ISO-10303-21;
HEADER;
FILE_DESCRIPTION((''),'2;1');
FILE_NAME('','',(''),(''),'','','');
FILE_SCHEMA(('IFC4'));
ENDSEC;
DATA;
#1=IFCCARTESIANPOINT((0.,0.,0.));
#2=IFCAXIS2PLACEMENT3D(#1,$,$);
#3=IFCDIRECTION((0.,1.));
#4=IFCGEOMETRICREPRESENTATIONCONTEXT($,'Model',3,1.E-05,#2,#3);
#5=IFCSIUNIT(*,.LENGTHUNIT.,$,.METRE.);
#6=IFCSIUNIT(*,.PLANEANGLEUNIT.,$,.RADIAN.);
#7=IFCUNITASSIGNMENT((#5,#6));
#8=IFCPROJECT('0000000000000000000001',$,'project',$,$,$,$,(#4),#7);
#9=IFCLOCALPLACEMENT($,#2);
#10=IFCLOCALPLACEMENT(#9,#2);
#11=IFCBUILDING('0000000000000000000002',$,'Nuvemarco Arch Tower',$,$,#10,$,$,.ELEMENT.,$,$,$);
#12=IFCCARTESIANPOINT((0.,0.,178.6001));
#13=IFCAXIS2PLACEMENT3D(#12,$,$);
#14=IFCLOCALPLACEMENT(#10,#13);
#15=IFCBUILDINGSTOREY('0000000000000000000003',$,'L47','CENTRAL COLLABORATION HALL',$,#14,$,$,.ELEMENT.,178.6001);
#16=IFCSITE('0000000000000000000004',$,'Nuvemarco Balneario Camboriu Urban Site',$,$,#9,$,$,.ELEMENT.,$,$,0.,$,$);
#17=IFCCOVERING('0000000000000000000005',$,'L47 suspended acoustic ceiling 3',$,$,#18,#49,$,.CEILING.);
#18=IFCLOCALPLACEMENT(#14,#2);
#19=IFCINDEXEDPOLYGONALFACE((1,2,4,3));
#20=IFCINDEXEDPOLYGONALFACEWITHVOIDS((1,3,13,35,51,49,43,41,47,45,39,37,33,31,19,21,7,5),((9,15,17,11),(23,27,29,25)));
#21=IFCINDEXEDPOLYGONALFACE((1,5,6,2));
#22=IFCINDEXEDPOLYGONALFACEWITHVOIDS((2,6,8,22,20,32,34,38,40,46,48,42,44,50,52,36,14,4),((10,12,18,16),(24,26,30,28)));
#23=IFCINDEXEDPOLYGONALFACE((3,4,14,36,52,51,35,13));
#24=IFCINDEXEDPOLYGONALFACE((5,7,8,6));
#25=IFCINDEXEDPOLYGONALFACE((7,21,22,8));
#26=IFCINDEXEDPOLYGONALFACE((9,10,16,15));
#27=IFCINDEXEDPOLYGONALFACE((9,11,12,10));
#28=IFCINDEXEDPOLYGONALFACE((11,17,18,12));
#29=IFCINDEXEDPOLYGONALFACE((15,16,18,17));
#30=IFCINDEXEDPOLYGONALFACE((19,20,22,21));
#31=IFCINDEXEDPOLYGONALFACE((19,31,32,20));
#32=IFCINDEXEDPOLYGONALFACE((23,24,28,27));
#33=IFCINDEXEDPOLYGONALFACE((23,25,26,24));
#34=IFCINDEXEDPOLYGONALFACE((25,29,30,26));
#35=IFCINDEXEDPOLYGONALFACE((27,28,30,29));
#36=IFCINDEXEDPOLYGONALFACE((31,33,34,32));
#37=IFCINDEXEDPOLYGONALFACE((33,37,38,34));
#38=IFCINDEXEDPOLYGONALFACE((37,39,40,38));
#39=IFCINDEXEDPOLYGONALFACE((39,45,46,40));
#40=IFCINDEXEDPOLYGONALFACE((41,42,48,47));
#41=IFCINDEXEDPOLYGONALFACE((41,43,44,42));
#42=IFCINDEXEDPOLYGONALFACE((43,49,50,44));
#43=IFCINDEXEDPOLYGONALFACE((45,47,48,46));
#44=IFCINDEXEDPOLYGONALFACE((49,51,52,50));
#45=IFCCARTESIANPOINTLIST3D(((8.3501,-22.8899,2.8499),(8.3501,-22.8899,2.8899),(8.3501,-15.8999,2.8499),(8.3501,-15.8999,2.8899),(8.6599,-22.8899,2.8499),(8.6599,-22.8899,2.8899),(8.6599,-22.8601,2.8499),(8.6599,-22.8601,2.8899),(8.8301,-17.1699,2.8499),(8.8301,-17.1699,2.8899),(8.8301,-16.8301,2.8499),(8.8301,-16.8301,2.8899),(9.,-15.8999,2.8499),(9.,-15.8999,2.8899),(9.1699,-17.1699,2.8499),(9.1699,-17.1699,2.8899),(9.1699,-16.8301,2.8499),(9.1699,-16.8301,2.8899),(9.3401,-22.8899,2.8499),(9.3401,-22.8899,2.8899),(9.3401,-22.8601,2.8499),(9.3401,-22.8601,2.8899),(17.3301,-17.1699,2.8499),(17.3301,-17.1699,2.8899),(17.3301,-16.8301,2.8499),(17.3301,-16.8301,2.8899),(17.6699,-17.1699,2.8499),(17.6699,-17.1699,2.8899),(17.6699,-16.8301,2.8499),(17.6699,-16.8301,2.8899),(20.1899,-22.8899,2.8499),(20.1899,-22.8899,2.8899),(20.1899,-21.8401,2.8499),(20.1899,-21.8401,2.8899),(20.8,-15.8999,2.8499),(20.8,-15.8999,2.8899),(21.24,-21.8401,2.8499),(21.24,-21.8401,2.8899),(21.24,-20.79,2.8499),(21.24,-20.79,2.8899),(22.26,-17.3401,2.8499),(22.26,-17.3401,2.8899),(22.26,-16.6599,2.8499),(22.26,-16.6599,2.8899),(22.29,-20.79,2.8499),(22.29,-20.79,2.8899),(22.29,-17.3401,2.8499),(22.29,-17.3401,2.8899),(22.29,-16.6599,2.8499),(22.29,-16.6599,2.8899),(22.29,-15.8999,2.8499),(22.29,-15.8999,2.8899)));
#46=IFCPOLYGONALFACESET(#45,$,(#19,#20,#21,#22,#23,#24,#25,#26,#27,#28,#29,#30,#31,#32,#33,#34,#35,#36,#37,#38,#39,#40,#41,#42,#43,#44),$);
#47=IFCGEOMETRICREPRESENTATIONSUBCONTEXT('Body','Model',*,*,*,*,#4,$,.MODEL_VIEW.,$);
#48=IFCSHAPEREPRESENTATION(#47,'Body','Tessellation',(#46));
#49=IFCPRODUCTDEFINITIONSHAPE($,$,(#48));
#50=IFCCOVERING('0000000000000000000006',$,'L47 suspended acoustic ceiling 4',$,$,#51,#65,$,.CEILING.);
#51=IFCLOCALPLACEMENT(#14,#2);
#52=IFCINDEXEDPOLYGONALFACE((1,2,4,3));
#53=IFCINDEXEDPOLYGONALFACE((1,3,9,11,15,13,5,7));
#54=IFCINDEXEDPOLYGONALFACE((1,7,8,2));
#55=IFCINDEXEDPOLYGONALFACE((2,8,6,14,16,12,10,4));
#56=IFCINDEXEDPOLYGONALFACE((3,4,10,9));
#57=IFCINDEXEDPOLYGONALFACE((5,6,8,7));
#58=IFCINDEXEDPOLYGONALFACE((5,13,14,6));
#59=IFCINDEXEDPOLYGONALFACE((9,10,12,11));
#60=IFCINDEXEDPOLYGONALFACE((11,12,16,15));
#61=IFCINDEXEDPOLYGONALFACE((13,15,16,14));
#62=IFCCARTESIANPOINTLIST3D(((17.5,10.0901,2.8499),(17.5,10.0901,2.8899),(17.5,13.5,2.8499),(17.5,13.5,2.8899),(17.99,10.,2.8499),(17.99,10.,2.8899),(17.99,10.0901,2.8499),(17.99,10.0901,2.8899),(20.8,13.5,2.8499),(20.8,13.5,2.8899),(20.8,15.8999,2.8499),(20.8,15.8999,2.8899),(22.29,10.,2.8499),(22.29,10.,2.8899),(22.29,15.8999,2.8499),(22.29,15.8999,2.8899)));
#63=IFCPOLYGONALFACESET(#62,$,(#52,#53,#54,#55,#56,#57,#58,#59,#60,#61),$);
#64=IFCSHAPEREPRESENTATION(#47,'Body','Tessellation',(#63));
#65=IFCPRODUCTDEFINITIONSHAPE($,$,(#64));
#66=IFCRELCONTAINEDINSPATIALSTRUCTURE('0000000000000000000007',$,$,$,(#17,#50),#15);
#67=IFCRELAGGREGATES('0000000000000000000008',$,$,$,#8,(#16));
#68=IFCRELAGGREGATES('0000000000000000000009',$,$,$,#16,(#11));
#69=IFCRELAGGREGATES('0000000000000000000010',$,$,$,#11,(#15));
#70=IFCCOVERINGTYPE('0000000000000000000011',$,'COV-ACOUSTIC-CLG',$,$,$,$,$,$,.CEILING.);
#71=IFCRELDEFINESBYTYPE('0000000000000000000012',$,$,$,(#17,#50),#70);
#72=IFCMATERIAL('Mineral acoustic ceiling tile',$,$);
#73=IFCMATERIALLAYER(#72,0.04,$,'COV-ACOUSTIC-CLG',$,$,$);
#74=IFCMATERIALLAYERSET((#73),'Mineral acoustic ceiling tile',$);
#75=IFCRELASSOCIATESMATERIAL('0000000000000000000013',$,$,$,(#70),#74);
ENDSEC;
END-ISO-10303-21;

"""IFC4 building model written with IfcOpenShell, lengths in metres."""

from ifc_helpers import new_model, si_unit, direction, frame, origin, place, context, subcontext, project, spatial, polyline, outline, extrude, material, layer, layer_set, type_object, element, save


model = new_model("IFC4")

# Units and contexts
model_context = context("Model", 3, precision=1e-05, world=origin(), true_north=direction((0.0, 1.0)))
body_context = subcontext(model_context, "Body", "Model", "MODEL_VIEW")
ifc_project = project(units=[si_unit("LENGTHUNIT", "METRE"), si_unit("PLANEANGLEUNIT", "RADIAN")], contexts=[model_context])

# Site, building, storey
site_placement = place(None, origin())
site = spatial("IfcSite", under=ifc_project, at=site_placement, Name="Nuvemarco Balneario Camboriu Urban Site", CompositionType="ELEMENT", RefElevation=0.0)
building_placement = place(site_placement, origin())
building = spatial("IfcBuilding", under=site, at=building_placement, Name="Nuvemarco Arch Tower", CompositionType="ELEMENT")
storey_placement = place(building_placement, frame((0.0, 0.0, 178.6001)))
storey = spatial("IfcBuildingStorey", under=building, at=storey_placement, Name="L47", Description="CENTRAL COLLABORATION HALL", CompositionType="ELEMENT", Elevation=178.6001)

# Coverings
ifc_material_1 = material(Name="Mineral acoustic ceiling tile")
ifc_layer_1 = layer(ifc_material_1, 0.04, Name="COV-ACOUSTIC-CLG")
ifc_layer_set_1 = layer_set([ifc_layer_1], Name="Mineral acoustic ceiling tile")
covering_type = type_object("IfcCoveringType", Name="COV-ACOUSTIC-CLG", PredefinedType="CEILING", material=ifc_layer_set_1)
covering_1_placement = place(storey_placement, frame((0.0, 0.0, 2.8499)))
element("IfcCovering", 1, at=covering_1_placement, inside=storey, type_object=covering_type, Name="L47 suspended acoustic ceiling 3", PredefinedType="CEILING", context=body_context, shape_type="SweptSolid", body=[
    extrude(outline(polyline([(20.1899, -22.8899), (9.3401, -22.8899), (9.3401, -22.8601), (8.6599, -22.8601), (8.6599, -22.8899), (8.3501, -22.8899), (8.3501, -15.8999), (9.0, -15.8999), (20.8, -15.8999), (22.29, -15.8999), (22.29, -16.6599), (22.26, -16.6599), (22.26, -17.3401), (22.29, -17.3401), (22.29, -20.79), (21.24, -20.79), (21.24, -21.8401), (20.1899, -21.8401), (20.1899, -22.8899)]), holes=[polyline([(9.1699, -17.1699), (9.1699, -16.8301), (8.8301, -16.8301), (8.8301, -17.1699), (9.1699, -17.1699)]), polyline([(17.6699, -17.1699), (17.6699, -16.8301), (17.3301, -16.8301), (17.3301, -17.1699), (17.6699, -17.1699)])]), origin(), (0.0, 0.0, 1.0), 0.04),
])
covering_2_placement = place(storey_placement, frame((0.0, 0.0, 2.8499)))
element("IfcCovering", 2, at=covering_2_placement, inside=storey, type_object=covering_type, Name="L47 suspended acoustic ceiling 4", PredefinedType="CEILING", context=body_context, shape_type="SweptSolid", body=[
    extrude(outline(polyline([(17.99, 10.0901), (17.5, 10.0901), (17.5, 13.5), (20.8, 13.5), (20.8, 15.8999), (22.29, 15.8999), (22.29, 10.0), (17.99, 10.0), (17.99, 10.0901)])), origin(), (0.0, 0.0, 1.0), 0.04),
])

save(model, "model.ifc")
